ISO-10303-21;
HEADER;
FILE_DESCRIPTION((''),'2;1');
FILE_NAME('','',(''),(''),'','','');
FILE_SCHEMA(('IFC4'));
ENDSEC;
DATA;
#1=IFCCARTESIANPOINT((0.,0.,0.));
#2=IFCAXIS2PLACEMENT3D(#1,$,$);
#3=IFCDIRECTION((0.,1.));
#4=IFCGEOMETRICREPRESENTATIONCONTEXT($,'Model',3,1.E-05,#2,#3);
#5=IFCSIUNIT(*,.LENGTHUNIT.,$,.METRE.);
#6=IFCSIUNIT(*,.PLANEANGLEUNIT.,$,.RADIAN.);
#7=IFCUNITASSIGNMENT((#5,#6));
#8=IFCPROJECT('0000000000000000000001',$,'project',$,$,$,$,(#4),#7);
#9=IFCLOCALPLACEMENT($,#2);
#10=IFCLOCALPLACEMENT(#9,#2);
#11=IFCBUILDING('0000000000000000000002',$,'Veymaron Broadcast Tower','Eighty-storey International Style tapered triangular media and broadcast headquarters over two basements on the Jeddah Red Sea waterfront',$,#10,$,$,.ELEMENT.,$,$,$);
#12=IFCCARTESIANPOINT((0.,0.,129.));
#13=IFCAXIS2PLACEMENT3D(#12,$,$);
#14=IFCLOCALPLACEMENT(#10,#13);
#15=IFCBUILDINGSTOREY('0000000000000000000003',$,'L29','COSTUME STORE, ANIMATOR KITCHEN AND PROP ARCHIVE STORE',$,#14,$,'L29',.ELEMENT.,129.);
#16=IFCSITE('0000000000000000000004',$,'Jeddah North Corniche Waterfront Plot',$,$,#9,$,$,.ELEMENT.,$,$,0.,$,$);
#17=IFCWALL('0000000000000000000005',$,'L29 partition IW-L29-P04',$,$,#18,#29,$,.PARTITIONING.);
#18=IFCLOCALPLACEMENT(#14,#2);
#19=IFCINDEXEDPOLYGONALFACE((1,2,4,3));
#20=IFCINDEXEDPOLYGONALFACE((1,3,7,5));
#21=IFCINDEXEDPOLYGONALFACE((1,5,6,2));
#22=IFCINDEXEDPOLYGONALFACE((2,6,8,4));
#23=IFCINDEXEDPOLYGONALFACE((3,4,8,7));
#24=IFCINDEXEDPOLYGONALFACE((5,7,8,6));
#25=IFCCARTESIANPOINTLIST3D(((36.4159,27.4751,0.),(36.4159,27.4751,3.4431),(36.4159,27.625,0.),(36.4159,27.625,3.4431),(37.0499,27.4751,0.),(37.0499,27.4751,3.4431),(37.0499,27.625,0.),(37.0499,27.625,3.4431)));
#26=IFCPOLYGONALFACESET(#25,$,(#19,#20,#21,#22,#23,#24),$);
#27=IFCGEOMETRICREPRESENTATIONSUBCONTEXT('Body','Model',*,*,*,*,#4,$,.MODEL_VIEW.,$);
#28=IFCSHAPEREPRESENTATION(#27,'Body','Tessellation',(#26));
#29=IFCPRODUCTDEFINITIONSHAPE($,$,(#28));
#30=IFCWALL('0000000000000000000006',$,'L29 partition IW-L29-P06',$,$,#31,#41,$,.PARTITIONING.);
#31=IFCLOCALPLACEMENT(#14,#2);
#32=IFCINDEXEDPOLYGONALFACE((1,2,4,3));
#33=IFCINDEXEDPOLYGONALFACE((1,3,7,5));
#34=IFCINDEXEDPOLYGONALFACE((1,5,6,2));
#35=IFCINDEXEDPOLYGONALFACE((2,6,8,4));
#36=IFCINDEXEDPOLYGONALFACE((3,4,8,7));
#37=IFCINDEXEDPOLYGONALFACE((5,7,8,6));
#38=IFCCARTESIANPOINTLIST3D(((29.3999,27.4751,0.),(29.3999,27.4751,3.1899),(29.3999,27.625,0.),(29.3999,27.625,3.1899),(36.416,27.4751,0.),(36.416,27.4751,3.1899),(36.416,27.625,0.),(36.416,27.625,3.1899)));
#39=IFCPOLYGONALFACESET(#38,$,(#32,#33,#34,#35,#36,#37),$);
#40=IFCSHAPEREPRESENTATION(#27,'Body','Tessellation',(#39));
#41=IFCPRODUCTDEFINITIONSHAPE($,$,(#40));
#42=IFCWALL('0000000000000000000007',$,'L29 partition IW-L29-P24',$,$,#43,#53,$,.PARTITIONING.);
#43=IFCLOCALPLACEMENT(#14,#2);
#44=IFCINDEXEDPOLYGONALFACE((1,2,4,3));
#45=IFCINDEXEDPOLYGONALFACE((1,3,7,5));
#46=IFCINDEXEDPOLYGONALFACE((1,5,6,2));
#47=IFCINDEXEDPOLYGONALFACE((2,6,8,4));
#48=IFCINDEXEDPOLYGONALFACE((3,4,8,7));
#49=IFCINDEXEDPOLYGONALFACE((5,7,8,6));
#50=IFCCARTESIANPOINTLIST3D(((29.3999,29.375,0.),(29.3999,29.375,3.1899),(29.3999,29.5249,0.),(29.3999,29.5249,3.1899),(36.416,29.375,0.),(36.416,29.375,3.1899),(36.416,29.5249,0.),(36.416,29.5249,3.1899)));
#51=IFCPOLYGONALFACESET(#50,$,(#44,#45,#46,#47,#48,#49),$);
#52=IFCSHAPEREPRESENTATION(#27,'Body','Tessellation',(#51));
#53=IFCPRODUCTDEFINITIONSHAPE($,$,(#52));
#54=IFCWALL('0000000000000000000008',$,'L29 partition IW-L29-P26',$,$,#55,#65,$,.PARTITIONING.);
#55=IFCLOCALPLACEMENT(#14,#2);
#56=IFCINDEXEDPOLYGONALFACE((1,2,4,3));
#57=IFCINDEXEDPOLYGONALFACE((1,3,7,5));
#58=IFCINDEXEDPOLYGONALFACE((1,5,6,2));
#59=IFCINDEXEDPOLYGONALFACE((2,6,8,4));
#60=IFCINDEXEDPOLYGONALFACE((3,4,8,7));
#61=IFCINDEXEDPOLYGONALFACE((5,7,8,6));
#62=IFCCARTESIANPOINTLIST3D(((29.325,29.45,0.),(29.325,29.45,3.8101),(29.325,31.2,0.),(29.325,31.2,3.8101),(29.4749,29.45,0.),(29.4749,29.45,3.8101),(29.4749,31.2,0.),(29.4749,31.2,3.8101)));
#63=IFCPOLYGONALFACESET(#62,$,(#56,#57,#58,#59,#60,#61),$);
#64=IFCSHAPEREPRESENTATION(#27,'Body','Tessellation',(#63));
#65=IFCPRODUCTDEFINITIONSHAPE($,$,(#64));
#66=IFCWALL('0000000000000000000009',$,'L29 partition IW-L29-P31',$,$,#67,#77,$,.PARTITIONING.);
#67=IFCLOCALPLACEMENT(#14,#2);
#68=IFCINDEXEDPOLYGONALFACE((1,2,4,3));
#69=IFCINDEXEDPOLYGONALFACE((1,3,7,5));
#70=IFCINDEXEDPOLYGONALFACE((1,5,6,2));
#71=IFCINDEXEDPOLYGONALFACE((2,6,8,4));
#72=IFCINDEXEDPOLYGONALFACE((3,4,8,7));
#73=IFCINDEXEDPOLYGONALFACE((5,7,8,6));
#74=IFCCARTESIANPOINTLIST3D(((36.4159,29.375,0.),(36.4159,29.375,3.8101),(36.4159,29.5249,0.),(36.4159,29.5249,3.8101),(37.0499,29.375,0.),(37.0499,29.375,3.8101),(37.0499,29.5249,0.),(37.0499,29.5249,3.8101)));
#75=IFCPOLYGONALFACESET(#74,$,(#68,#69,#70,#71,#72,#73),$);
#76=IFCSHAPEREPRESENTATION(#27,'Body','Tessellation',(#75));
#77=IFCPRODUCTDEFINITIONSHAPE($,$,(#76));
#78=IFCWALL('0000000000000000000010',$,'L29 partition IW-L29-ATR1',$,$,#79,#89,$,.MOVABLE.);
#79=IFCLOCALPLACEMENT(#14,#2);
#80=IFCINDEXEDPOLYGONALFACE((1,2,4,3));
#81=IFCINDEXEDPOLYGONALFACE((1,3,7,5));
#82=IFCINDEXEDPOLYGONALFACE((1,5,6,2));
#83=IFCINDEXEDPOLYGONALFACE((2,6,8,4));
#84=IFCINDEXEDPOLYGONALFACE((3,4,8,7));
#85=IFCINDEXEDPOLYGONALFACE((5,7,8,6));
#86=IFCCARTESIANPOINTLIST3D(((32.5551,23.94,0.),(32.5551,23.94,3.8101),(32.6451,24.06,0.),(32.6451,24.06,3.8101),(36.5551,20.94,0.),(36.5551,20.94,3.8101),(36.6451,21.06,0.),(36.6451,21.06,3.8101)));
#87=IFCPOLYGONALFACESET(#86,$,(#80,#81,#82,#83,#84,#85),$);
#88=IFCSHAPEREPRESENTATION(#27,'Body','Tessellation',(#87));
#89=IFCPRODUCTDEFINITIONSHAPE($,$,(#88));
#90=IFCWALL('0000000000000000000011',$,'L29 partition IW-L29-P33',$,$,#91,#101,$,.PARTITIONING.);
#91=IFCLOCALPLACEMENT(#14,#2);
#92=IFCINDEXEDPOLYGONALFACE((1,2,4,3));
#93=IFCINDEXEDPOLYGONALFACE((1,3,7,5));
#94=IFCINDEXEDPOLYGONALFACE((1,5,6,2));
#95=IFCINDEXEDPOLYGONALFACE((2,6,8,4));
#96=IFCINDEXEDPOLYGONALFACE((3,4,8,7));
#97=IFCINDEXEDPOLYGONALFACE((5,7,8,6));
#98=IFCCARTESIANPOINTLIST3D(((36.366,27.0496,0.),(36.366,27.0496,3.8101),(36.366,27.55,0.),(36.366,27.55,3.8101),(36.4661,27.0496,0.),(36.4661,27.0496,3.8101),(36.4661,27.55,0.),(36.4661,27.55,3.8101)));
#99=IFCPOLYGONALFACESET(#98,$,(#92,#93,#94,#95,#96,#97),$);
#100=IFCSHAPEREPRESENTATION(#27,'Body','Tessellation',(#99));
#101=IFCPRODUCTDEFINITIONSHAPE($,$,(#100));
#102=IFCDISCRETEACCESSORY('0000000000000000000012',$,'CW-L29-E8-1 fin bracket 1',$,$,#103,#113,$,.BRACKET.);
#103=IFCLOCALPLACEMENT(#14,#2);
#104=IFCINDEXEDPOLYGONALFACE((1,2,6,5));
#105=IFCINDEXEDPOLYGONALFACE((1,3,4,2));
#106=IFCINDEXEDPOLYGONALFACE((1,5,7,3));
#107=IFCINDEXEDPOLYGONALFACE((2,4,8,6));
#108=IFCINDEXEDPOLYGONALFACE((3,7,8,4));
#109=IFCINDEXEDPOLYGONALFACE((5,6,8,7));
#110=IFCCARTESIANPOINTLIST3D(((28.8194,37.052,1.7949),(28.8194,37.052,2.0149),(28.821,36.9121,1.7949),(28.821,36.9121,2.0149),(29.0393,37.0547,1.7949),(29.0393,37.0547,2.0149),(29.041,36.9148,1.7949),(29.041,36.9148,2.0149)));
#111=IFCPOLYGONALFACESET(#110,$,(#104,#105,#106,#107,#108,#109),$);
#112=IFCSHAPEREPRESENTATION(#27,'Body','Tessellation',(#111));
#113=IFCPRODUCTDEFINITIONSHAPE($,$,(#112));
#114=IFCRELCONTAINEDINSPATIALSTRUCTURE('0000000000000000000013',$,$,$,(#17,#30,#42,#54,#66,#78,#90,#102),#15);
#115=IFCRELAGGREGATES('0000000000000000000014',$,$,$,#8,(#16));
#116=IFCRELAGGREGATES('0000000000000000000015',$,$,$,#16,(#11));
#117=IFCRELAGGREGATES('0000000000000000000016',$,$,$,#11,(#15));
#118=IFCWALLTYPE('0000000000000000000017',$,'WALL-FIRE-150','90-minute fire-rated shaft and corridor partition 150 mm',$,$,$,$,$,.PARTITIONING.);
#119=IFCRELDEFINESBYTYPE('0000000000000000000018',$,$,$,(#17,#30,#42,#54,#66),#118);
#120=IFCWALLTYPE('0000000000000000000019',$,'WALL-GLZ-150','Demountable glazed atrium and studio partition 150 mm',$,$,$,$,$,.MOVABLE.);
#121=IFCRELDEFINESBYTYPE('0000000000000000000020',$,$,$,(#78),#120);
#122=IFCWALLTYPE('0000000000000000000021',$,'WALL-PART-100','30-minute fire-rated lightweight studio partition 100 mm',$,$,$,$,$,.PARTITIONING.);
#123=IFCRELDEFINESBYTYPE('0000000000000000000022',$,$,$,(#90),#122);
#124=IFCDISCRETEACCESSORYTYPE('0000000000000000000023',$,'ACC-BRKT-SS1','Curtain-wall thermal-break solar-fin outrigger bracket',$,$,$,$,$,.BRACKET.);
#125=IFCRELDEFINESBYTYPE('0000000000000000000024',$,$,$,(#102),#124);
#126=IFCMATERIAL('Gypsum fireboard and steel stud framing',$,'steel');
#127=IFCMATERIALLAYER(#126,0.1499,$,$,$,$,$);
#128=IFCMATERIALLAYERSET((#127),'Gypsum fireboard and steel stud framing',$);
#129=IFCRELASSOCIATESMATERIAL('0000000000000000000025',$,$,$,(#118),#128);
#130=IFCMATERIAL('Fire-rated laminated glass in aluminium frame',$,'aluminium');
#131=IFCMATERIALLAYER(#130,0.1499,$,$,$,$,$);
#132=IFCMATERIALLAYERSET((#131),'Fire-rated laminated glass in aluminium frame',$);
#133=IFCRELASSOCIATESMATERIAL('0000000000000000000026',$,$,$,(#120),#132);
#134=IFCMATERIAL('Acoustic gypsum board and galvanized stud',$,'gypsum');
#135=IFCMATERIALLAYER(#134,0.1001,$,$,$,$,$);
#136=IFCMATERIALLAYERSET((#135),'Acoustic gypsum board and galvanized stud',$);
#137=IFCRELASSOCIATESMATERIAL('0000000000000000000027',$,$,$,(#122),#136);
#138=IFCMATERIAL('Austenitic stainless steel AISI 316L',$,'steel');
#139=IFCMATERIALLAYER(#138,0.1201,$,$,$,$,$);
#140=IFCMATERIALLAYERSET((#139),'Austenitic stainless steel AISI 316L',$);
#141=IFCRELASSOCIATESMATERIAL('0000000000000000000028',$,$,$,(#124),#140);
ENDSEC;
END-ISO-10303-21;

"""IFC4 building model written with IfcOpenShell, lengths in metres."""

from ifc_helpers import new_model, si_unit, direction, frame, frame_2d, origin, origin_2d, place, context, subcontext, project, spatial, rectangle, extrude, material, layer, layer_set, type_object, element, save


model = new_model("IFC4")

# Units and contexts
model_context = context("Model", 3, precision=1e-05, world=origin(), true_north=direction((0.0, 1.0)))
body_context = subcontext(model_context, "Body", "Model", "MODEL_VIEW")
ifc_project = project(units=[si_unit("LENGTHUNIT", "METRE"), si_unit("PLANEANGLEUNIT", "RADIAN")], contexts=[model_context])

# Site, building, storey
site_placement = place(None, origin())
site = spatial("IfcSite", under=ifc_project, at=site_placement, Name="Jeddah North Corniche Waterfront Plot", CompositionType="ELEMENT", RefElevation=0.0)
building_placement = place(site_placement, origin())
building = spatial("IfcBuilding", under=site, at=building_placement, Name="Veymaron Broadcast Tower", Description="Eighty-storey International Style tapered triangular media and broadcast headquarters over two basements on the Jeddah Red Sea waterfront", CompositionType="ELEMENT")
storey_placement = place(building_placement, frame((0.0, 0.0, 129.0)))
storey = spatial("IfcBuildingStorey", under=building, at=storey_placement, Name="L29", Description="COSTUME STORE, ANIMATOR KITCHEN AND PROP ARCHIVE STORE", LongName="L29", CompositionType="ELEMENT", Elevation=129.0)

# Walls
ifc_material_1 = material(Name="Gypsum fireboard and steel stud framing", Category="steel")
ifc_layer_1 = layer(ifc_material_1, 0.1499)
ifc_layer_set_1 = layer_set([ifc_layer_1], Name="Gypsum fireboard and steel stud framing")
wall_type_1 = type_object("IfcWallType", Name="WALL-FIRE-150", Description="90-minute fire-rated shaft and corridor partition 150 mm", PredefinedType="PARTITIONING", material=ifc_layer_set_1)
wall_1_placement = place(storey_placement, frame((36.416, 27.55, 0.0), z_axis=(0.0, 0.0, 1.0), x_axis=(1.0, 0.0, 0.0)))
element("IfcWall", 1, at=wall_1_placement, inside=storey, type_object=wall_type_1, Name="L29 partition IW-L29-P04", PredefinedType="PARTITIONING", context=body_context, shape_type="SweptSolid", body=[
    extrude(rectangle(XDim=0.634, YDim=0.1499, at=frame_2d((0.3169, 0.0))), origin(), (0.0, 0.0, 1.0), 3.4431),
])
for number, where, z_axis, x_axis, name in (
    (2, (29.3999, 27.55, 0.0), (0.0, 0.0, 1.0), (1.0, 0.0, 0.0), "L29 partition IW-L29-P06"),
    (3, (29.3999, 29.45, 0.0), (0.0, 0.0, 1.0), (1.0, 0.0, 0.0), "L29 partition IW-L29-P24"),
):
    element("IfcWall", number, at=place(storey_placement, frame(where, z_axis=z_axis, x_axis=x_axis)), inside=storey, type_object=wall_type_1, Name=name, PredefinedType="PARTITIONING", context=body_context, shape_type="SweptSolid", body=[
        extrude(rectangle(XDim=7.0161, YDim=0.1499, at=frame_2d((3.5081, 0.0))), origin(), (0.0, 0.0, 1.0), 3.1899),
    ])
wall_2_placement = place(storey_placement, frame((29.3999, 29.45, 0.0), z_axis=(0.0, 0.0, 1.0), x_axis=(0.0, 1.0, 0.0)))
element("IfcWall", 4, at=wall_2_placement, inside=storey, type_object=wall_type_1, Name="L29 partition IW-L29-P26", PredefinedType="PARTITIONING", context=body_context, shape_type="SweptSolid", body=[
    extrude(rectangle(XDim=1.75, YDim=0.1499, at=frame_2d((0.875, 0.0))), origin(), (0.0, 0.0, 1.0), 3.8101),
])
wall_3_placement = place(storey_placement, frame((36.416, 29.45, 0.0), z_axis=(0.0, 0.0, 1.0), x_axis=(1.0, 0.0, 0.0)))
element("IfcWall", 5, at=wall_3_placement, inside=storey, type_object=wall_type_1, Name="L29 partition IW-L29-P31", PredefinedType="PARTITIONING", context=body_context, shape_type="SweptSolid", body=[
    extrude(rectangle(XDim=0.634, YDim=0.1499, at=frame_2d((0.3169, 0.0))), origin(), (0.0, 0.0, 1.0), 3.8101),
])
ifc_material_2 = material(Name="Fire-rated laminated glass in aluminium frame", Category="aluminium")
ifc_layer_2 = layer(ifc_material_2, 0.1499)
ifc_layer_set_2 = layer_set([ifc_layer_2], Name="Fire-rated laminated glass in aluminium frame")
wall_type_2 = type_object("IfcWallType", Name="WALL-GLZ-150", Description="Demountable glazed atrium and studio partition 150 mm", PredefinedType="MOVABLE", material=ifc_layer_set_2)
wall_4_placement = place(storey_placement, frame((32.6001, 24.0, 0.0), z_axis=(0.0, 0.0, 1.0), x_axis=(0.8, -0.6, 0.0)))
element("IfcWall", 6, at=wall_4_placement, inside=storey, type_object=wall_type_2, Name="L29 partition IW-L29-ATR1", PredefinedType="MOVABLE", context=body_context, shape_type="SweptSolid", body=[
    extrude(rectangle(XDim=5.0, YDim=0.1499, at=frame_2d((2.5, 0.0))), origin(), (0.0, 0.0, 1.0), 3.8101),
])
ifc_material_3 = material(Name="Acoustic gypsum board and galvanized stud", Category="gypsum")
ifc_layer_3 = layer(ifc_material_3, 0.1001)
ifc_layer_set_3 = layer_set([ifc_layer_3], Name="Acoustic gypsum board and galvanized stud")
wall_type_3 = type_object("IfcWallType", Name="WALL-PART-100", Description="30-minute fire-rated lightweight studio partition 100 mm", PredefinedType="PARTITIONING", material=ifc_layer_set_3)
wall_5_placement = place(storey_placement, frame((36.416, 27.0496, 0.0), z_axis=(0.0, 0.0, 1.0), x_axis=(0.0, 1.0, 0.0)))
element("IfcWall", 7, at=wall_5_placement, inside=storey, type_object=wall_type_3, Name="L29 partition IW-L29-P33", PredefinedType="PARTITIONING", context=body_context, shape_type="SweptSolid", body=[
    extrude(rectangle(XDim=0.5005, YDim=0.1001, at=frame_2d((0.2502, 0.0))), origin(), (0.0, 0.0, 1.0), 3.8101),
])

# Discrete accessory
ifc_material_4 = material(Name="Austenitic stainless steel AISI 316L", Category="steel")
ifc_layer_4 = layer(ifc_material_4, 0.1201)
ifc_layer_set_4 = layer_set([ifc_layer_4], Name="Austenitic stainless steel AISI 316L")
discrete_accessory_type = type_object("IfcDiscreteAccessoryType", Name="ACC-BRKT-SS1", Description="Curtain-wall thermal-break solar-fin outrigger bracket", PredefinedType="BRACKET", material=ifc_layer_set_4)
discrete_accessory_placement = place(storey_placement, frame((28.9302, 36.9834, 1.7949), z_axis=(0.0, 0.0, 1.0), x_axis=(-0.999927, -0.012077, 0.0)))
element("IfcDiscreteAccessory", 8, at=discrete_accessory_placement, inside=storey, type_object=discrete_accessory_type, Name="CW-L29-E8-1 fin bracket 1", PredefinedType="BRACKET", context=body_context, shape_type="SweptSolid", body=[
    extrude(rectangle(XDim=0.22, YDim=0.1399, at=origin_2d()), origin(), (0.0, 0.0, 1.0), 0.22),
])

save(model, "model.ifc")
